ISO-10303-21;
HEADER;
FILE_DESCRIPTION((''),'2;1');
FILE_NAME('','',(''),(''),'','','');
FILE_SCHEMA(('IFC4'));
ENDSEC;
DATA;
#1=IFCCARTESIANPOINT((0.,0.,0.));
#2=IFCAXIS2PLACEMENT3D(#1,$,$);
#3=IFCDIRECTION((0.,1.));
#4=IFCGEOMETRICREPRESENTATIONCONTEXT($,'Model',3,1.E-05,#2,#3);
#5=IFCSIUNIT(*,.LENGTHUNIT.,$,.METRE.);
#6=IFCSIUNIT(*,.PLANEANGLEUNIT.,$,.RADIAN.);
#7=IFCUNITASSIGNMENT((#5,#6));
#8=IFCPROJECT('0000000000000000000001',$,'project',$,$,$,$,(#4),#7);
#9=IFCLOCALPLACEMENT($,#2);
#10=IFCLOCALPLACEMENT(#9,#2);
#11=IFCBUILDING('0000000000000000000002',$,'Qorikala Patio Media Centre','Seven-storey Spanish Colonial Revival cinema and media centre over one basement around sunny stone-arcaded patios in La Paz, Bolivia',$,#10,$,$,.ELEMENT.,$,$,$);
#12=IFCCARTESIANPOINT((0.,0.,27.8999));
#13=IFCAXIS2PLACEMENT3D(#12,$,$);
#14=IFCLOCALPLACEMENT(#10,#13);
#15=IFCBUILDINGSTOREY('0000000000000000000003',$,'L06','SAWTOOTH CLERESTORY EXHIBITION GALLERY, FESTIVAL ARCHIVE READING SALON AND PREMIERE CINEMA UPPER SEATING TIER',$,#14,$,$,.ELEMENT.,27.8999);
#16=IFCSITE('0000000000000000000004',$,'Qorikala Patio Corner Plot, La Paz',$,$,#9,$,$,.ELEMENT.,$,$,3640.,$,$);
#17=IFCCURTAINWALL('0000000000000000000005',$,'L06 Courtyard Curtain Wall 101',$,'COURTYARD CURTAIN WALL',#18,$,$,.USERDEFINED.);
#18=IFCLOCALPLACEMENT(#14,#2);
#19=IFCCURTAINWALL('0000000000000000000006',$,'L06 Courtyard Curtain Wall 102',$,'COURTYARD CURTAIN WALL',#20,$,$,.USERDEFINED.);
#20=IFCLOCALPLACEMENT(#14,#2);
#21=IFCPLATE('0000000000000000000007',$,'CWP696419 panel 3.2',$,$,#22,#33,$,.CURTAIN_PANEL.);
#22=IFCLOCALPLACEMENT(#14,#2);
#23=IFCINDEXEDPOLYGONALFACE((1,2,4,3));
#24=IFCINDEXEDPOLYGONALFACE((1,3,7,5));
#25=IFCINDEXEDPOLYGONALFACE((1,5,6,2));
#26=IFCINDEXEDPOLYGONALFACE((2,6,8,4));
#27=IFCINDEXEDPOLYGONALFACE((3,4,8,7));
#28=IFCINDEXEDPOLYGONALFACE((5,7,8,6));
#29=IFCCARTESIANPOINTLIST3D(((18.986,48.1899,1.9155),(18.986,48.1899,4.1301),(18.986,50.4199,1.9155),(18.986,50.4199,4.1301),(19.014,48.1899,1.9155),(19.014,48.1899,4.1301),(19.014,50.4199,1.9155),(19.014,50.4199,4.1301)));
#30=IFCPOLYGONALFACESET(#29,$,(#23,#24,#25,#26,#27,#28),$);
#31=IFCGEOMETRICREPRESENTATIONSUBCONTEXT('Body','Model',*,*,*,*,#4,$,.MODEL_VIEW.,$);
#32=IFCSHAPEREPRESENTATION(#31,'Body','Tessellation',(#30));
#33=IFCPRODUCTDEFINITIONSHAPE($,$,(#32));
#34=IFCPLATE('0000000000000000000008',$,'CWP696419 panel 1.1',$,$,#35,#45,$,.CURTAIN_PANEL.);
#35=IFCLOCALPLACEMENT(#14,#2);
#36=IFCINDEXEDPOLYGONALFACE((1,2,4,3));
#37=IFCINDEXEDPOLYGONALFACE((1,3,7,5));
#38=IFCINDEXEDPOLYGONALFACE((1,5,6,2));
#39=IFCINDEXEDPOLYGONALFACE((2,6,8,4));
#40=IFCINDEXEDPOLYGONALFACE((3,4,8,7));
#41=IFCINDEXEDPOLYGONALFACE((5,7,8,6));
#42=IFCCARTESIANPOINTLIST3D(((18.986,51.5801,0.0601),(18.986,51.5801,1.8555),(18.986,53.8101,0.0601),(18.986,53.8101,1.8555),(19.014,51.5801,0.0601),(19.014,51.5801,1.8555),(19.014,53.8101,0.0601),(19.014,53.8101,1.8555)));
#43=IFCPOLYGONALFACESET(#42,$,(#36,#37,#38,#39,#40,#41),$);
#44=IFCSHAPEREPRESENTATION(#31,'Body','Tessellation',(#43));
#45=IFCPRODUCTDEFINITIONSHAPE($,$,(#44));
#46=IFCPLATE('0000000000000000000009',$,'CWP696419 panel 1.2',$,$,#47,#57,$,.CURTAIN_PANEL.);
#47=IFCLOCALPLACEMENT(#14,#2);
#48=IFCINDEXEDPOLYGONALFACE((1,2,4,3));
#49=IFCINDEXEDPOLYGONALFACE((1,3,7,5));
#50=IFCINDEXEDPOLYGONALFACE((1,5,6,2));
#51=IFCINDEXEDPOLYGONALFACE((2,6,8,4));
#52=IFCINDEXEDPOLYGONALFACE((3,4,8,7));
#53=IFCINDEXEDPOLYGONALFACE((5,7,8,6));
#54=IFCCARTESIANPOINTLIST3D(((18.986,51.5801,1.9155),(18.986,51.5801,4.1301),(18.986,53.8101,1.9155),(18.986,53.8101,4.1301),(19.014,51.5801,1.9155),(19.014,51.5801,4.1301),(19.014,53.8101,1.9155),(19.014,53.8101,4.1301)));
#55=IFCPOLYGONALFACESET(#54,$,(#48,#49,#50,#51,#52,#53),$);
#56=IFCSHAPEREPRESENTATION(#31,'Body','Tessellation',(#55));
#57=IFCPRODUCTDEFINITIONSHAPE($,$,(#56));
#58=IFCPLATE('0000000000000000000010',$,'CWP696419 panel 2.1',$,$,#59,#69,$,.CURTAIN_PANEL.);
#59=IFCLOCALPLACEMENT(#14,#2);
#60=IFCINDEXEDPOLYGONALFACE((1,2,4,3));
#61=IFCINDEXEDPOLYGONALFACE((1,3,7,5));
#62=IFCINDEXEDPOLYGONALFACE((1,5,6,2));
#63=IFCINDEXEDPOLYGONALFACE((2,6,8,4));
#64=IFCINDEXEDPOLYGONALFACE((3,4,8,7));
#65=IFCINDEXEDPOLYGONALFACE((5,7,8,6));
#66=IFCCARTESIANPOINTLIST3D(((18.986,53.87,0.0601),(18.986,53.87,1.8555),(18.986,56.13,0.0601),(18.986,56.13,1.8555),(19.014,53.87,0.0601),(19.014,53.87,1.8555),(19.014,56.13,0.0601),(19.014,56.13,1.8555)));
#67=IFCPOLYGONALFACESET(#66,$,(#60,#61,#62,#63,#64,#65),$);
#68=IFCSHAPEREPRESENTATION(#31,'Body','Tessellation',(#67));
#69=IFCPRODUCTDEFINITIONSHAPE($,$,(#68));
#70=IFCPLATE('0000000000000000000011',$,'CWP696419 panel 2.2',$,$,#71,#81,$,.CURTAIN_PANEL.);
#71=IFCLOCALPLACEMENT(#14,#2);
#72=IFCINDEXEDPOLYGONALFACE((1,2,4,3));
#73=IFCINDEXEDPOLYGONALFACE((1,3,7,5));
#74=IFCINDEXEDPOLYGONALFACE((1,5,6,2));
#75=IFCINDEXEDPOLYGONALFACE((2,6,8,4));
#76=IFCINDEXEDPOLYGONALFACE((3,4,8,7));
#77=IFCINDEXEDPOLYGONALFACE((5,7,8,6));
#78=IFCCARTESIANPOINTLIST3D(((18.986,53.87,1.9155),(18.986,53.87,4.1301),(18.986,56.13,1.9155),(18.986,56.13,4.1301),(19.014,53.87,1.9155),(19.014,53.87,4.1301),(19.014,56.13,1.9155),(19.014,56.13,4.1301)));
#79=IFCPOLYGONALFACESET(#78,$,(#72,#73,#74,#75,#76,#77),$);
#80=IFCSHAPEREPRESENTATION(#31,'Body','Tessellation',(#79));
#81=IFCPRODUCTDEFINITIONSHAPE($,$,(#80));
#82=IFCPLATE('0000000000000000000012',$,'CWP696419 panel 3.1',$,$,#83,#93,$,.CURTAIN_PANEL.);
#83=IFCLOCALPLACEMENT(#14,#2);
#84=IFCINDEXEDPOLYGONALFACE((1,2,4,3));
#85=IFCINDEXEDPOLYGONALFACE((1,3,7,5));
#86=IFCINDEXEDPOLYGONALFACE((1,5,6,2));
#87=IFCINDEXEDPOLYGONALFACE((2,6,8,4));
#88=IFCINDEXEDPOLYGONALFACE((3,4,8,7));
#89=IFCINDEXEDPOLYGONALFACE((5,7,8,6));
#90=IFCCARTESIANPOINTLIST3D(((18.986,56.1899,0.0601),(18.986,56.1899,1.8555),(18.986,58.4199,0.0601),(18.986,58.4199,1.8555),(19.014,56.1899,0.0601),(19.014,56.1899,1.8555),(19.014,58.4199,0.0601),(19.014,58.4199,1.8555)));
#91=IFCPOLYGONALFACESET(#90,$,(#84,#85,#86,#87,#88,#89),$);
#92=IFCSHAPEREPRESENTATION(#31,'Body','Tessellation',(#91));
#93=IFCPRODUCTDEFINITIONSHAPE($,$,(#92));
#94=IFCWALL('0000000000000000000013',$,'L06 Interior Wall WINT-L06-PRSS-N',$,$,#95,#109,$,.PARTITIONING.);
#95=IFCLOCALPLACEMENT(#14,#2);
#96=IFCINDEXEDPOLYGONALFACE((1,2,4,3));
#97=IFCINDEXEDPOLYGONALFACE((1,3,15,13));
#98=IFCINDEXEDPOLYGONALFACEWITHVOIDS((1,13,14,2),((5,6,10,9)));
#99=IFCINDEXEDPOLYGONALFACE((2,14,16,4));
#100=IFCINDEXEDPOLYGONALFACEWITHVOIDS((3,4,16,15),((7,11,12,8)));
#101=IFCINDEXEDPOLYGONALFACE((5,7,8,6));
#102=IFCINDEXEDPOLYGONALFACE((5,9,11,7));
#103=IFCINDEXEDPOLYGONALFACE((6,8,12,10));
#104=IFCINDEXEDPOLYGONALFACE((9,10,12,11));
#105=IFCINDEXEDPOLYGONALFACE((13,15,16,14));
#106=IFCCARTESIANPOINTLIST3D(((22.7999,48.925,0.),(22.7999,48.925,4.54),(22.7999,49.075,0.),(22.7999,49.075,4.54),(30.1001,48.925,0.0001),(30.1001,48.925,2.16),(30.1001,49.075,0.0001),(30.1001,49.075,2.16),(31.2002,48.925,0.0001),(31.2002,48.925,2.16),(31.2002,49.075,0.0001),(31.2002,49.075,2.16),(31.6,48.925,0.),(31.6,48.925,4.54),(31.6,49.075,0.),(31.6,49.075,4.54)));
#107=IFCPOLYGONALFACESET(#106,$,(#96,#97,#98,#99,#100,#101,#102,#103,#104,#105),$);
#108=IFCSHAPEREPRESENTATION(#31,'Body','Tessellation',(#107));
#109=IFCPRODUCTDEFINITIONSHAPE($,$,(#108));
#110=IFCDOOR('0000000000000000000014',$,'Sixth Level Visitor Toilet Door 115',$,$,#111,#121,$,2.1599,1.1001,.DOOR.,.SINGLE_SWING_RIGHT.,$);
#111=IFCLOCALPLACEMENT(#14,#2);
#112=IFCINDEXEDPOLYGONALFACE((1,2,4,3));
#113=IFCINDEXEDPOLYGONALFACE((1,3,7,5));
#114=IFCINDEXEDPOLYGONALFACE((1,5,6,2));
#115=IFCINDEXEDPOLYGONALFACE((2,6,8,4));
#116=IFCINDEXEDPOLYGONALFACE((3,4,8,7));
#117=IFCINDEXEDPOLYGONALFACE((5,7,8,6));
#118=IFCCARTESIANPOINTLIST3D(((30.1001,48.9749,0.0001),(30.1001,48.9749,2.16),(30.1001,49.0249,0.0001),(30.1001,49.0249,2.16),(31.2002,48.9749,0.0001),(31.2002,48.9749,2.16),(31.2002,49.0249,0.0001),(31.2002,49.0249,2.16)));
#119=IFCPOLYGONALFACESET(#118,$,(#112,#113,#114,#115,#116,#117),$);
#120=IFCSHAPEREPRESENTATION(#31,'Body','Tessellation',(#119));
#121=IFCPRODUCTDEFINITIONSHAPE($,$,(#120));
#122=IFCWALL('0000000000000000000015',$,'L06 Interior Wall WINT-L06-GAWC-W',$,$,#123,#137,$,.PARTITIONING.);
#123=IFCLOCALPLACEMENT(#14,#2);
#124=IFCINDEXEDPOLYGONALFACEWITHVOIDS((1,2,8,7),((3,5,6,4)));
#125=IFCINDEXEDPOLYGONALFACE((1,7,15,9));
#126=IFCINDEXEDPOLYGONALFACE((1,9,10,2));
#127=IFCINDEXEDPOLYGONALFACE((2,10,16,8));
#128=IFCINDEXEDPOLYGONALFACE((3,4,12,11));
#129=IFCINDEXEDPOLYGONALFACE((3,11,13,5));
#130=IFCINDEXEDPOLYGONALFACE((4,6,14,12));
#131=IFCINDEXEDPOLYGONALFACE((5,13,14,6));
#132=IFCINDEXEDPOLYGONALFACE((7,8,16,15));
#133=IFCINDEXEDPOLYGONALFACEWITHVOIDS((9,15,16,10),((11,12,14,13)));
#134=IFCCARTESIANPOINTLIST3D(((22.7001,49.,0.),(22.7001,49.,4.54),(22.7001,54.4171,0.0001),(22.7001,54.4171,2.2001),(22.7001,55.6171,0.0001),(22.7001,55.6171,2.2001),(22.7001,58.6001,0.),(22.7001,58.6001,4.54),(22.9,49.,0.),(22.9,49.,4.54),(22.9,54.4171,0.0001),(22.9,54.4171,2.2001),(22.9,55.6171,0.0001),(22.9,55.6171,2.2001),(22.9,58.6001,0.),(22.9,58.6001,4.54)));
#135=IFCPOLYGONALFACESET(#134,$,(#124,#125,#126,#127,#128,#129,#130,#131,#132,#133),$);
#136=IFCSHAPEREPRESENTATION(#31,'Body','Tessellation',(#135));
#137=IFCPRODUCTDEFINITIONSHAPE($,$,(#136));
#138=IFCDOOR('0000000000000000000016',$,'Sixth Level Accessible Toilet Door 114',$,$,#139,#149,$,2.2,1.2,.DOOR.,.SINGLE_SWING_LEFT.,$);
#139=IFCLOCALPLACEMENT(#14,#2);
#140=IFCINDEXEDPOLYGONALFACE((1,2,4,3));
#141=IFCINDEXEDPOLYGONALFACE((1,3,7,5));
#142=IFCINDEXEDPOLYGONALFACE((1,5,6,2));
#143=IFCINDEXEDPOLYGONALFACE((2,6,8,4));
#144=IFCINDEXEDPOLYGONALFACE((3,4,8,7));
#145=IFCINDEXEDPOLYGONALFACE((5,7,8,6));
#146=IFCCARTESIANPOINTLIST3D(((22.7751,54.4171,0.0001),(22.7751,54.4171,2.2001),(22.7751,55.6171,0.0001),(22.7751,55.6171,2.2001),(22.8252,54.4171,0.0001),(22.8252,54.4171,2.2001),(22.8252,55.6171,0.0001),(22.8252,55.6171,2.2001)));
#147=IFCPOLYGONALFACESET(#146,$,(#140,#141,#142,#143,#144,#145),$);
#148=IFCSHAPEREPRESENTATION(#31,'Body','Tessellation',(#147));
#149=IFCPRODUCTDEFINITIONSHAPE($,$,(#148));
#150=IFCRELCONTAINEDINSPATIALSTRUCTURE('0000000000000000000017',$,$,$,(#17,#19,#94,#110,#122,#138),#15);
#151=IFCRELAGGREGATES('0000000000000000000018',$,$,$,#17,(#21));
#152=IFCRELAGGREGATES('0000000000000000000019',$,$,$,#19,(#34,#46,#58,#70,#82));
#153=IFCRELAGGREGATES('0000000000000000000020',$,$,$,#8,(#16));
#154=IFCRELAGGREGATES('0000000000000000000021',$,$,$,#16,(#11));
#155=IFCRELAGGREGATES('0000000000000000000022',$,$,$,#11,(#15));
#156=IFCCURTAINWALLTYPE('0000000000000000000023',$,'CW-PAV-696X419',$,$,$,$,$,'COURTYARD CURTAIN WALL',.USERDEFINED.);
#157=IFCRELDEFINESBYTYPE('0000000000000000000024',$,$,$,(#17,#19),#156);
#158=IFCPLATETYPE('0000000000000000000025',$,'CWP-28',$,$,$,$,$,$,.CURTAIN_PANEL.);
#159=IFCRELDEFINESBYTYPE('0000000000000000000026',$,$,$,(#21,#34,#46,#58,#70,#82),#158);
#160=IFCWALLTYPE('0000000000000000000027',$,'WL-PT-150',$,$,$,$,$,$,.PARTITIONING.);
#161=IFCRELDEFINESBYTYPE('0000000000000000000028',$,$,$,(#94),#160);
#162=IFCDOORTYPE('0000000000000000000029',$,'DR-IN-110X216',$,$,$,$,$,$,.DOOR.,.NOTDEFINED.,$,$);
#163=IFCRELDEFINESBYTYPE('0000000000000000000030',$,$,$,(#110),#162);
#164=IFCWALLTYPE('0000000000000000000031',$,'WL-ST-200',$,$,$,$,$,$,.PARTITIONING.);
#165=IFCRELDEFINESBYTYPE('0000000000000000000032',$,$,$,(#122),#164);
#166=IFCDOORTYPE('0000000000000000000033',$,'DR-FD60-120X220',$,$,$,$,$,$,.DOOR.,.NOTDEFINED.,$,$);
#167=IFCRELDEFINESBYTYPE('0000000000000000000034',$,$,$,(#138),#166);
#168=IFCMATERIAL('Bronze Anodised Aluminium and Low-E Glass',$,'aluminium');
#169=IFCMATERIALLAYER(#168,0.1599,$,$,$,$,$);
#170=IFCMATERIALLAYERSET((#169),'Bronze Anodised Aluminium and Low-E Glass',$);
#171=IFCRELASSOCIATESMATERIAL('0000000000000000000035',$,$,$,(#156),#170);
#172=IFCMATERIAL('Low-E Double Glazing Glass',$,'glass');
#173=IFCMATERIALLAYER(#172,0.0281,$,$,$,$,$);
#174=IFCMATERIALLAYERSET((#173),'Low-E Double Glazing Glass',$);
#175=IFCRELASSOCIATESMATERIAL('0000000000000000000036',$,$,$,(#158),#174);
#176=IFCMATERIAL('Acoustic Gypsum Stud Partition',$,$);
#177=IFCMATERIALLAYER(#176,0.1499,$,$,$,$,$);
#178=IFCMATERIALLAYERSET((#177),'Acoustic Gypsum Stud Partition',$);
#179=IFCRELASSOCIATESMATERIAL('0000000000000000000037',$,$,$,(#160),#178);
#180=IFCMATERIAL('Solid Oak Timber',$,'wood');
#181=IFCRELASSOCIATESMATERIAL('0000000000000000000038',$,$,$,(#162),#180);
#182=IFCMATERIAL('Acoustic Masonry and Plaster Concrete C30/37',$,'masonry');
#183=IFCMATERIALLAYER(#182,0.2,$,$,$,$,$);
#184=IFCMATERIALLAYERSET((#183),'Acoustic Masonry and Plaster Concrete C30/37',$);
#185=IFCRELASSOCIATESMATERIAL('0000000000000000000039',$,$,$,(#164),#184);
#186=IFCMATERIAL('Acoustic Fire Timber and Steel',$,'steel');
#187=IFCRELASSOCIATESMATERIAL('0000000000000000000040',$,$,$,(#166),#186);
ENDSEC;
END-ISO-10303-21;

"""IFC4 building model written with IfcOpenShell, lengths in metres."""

from ifc_helpers import new_model, si_unit, direction, frame, frame_2d, origin, origin_2d, place, context, subcontext, project, spatial, rectangle, extrude, material, layer, layer_set, type_object, element, fill, aggregate, save


model = new_model("IFC4")

# Units and contexts
model_context = context("Model", 3, precision=1e-05, world=origin(), true_north=direction((0.0, 1.0)))
body_context = subcontext(model_context, "Body", "Model", "MODEL_VIEW")
ifc_project = project(units=[si_unit("LENGTHUNIT", "METRE"), si_unit("PLANEANGLEUNIT", "RADIAN")], contexts=[model_context])

# Site, building, storey
site_placement = place(None, origin())
site = spatial("IfcSite", under=ifc_project, at=site_placement, Name="Qorikala Patio Corner Plot, La Paz", CompositionType="ELEMENT", RefElevation=3640.0)
building_placement = place(site_placement, origin())
building = spatial("IfcBuilding", under=site, at=building_placement, Name="Qorikala Patio Media Centre", Description="Seven-storey Spanish Colonial Revival cinema and media centre over one basement around sunny stone-arcaded patios in La Paz, Bolivia", CompositionType="ELEMENT")
storey_placement = place(building_placement, frame((0.0, 0.0, 27.8999)))
storey = spatial("IfcBuildingStorey", under=building, at=storey_placement, Name="L06", Description="SAWTOOTH CLERESTORY EXHIBITION GALLERY, FESTIVAL ARCHIVE READING SALON AND PREMIERE CINEMA UPPER SEATING TIER", CompositionType="ELEMENT", Elevation=27.8999)

# Curtain wall
ifc_material_1 = material(Name="Bronze Anodised Aluminium and Low-E Glass", Category="aluminium")
ifc_layer_1 = layer(ifc_material_1, 0.1599)
ifc_layer_set_1 = layer_set([ifc_layer_1], Name="Bronze Anodised Aluminium and Low-E Glass")
curtain_wall_type = type_object("IfcCurtainWallType", Name="CW-PAV-696X419", ElementType="COURTYARD CURTAIN WALL", PredefinedType="USERDEFINED", material=ifc_layer_set_1)
curtain_wall_1_placement = place(storey_placement, origin())
curtain_wall_1 = element("IfcCurtainWall", 1, at=curtain_wall_1_placement, inside=storey, type_object=curtain_wall_type, Name="L06 Courtyard Curtain Wall 101", ObjectType="COURTYARD CURTAIN WALL", PredefinedType="USERDEFINED")

# Curtain wall
curtain_wall_2_placement = place(storey_placement, origin())
curtain_wall_2 = element("IfcCurtainWall", 2, at=curtain_wall_2_placement, inside=storey, type_object=curtain_wall_type, Name="L06 Courtyard Curtain Wall 102", ObjectType="COURTYARD CURTAIN WALL", PredefinedType="USERDEFINED")

# Plates
ifc_material_2 = material(Name="Low-E Double Glazing Glass", Category="glass")
ifc_layer_2 = layer(ifc_material_2, 0.0281)
ifc_layer_set_2 = layer_set([ifc_layer_2], Name="Low-E Double Glazing Glass")
plate_type = type_object("IfcPlateType", Name="CWP-28", PredefinedType="CURTAIN_PANEL", material=ifc_layer_set_2)
plate_1_placement = place(storey_placement, frame((19.0, 49.3049, 1.9155), z_axis=(0.0, 0.0, 1.0), x_axis=(0.0, 1.0, 0.0)))
plate_1 = element("IfcPlate", 3, at=plate_1_placement, type_object=plate_type, Name="CWP696419 panel 3.2", PredefinedType="CURTAIN_PANEL", context=body_context, shape_type="SweptSolid", body=[
    extrude(rectangle(XDim=2.23, YDim=0.0281, at=origin_2d()), origin(), (0.0, 0.0, 1.0), 2.2146),
])
aggregate(curtain_wall_1, [plate_1])
plate_2_placement = place(storey_placement, frame((19.0, 52.6951, 0.0601), z_axis=(0.0, 0.0, 1.0), x_axis=(0.0, 1.0, 0.0)))
plate_2 = element("IfcPlate", 4, at=plate_2_placement, type_object=plate_type, Name="CWP696419 panel 1.1", PredefinedType="CURTAIN_PANEL", context=body_context, shape_type="SweptSolid", body=[
    extrude(rectangle(XDim=2.23, YDim=0.0281, at=origin_2d()), origin(), (0.0, 0.0, 1.0), 1.7954),
])
plate_3_placement = place(storey_placement, frame((19.0, 52.6951, 1.9155), z_axis=(0.0, 0.0, 1.0), x_axis=(0.0, 1.0, 0.0)))
plate_3 = element("IfcPlate", 5, at=plate_3_placement, type_object=plate_type, Name="CWP696419 panel 1.2", PredefinedType="CURTAIN_PANEL", context=body_context, shape_type="SweptSolid", body=[
    extrude(rectangle(XDim=2.23, YDim=0.0281, at=origin_2d()), origin(), (0.0, 0.0, 1.0), 2.2146),
])
plate_4_placement = place(storey_placement, frame((19.0, 55.0, 0.0601), z_axis=(0.0, 0.0, 1.0), x_axis=(0.0, 1.0, 0.0)))
plate_4 = element("IfcPlate", 6, at=plate_4_placement, type_object=plate_type, Name="CWP696419 panel 2.1", PredefinedType="CURTAIN_PANEL", context=body_context, shape_type="SweptSolid", body=[
    extrude(rectangle(XDim=2.26, YDim=0.0281, at=origin_2d()), origin(), (0.0, 0.0, 1.0), 1.7954),
])
plate_5_placement = place(storey_placement, frame((19.0, 55.0, 1.9155), z_axis=(0.0, 0.0, 1.0), x_axis=(0.0, 1.0, 0.0)))
plate_5 = element("IfcPlate", 7, at=plate_5_placement, type_object=plate_type, Name="CWP696419 panel 2.2", PredefinedType="CURTAIN_PANEL", context=body_context, shape_type="SweptSolid", body=[
    extrude(rectangle(XDim=2.26, YDim=0.0281, at=origin_2d()), origin(), (0.0, 0.0, 1.0), 2.2146),
])
plate_6_placement = place(storey_placement, frame((19.0, 57.3049, 0.0601), z_axis=(0.0, 0.0, 1.0), x_axis=(0.0, 1.0, 0.0)))
plate_6 = element("IfcPlate", 8, at=plate_6_placement, type_object=plate_type, Name="CWP696419 panel 3.1", PredefinedType="CURTAIN_PANEL", context=body_context, shape_type="SweptSolid", body=[
    extrude(rectangle(XDim=2.23, YDim=0.0281, at=origin_2d()), origin(), (0.0, 0.0, 1.0), 1.7954),
])
aggregate(curtain_wall_2, [plate_2, plate_3, plate_4, plate_5, plate_6])

# Walls, openings, doors
ifc_material_3 = material(Name="Acoustic Gypsum Stud Partition")
ifc_layer_3 = layer(ifc_material_3, 0.1499)
ifc_layer_set_3 = layer_set([ifc_layer_3], Name="Acoustic Gypsum Stud Partition")
wall_type_1 = type_object("IfcWallType", Name="WL-PT-150", PredefinedType="PARTITIONING", material=ifc_layer_set_3)
wall_1_placement = place(storey_placement, frame((22.8, 49.0, 0.0), z_axis=(0.0, 0.0, 1.0), x_axis=(1.0, 0.0, 0.0)))
wall_1 = element("IfcWall", 9, at=wall_1_placement, inside=storey, type_object=wall_type_1, Name="L06 Interior Wall WINT-L06-PRSS-N", PredefinedType="PARTITIONING", context=body_context, shape_type="SweptSolid", body=[
    extrude(rectangle(XDim=8.8, YDim=0.1499, at=frame_2d((4.3999, 0.0))), origin(), (0.0, 0.0, 1.0), 4.54),
])
opening_1_placement = place(wall_1_placement, frame((7.3, 0.0, 0.0)))
opening_1 = element("IfcOpeningElement", 10, at=opening_1_placement, cuts=wall_1, PredefinedType="OPENING", context=body_context, shape_type="SweptSolid", body=[
    extrude(rectangle(XDim=1.1001, YDim=2.1599, at=frame_2d((0.55, 1.0801))), frame((0.0, 0.085, 0.0), z_axis=(0.0, -1.0, 0.0), x_axis=(1.0, 0.0, 0.0)), (0.0, 0.0, 1.0), 0.1699),
])
ifc_material_4 = material(Name="Solid Oak Timber", Category="wood")
door_type_1 = type_object("IfcDoorType", Name="DR-IN-110X216", OperationType="NOTDEFINED", PredefinedType="DOOR", material=ifc_material_4)
door_1_placement = place(opening_1_placement, origin())
door_1 = element("IfcDoor", 11, at=door_1_placement, inside=storey, type_object=door_type_1, Name="Sixth Level Visitor Toilet Door 115", OperationType="SINGLE_SWING_RIGHT", OverallHeight=2.1599, OverallWidth=1.1001, PredefinedType="DOOR", context=body_context, shape_type="SweptSolid", body=[
    extrude(rectangle(XDim=1.1001, YDim=2.1599, at=frame_2d((0.55, 1.0801))), frame((0.0, 0.0249, 0.0), z_axis=(0.0, -1.0, 0.0), x_axis=(1.0, 0.0, 0.0)), (0.0, 0.0, 1.0), 0.05),
])
fill(opening_1, door_1)
ifc_material_5 = material(Name="Acoustic Masonry and Plaster Concrete C30/37", Category="masonry")
ifc_layer_4 = layer(ifc_material_5, 0.2)
ifc_layer_set_4 = layer_set([ifc_layer_4], Name="Acoustic Masonry and Plaster Concrete C30/37")
wall_type_2 = type_object("IfcWallType", Name="WL-ST-200", PredefinedType="PARTITIONING", material=ifc_layer_set_4)
wall_2_placement = place(storey_placement, frame((22.8, 49.0, 0.0), z_axis=(0.0, 0.0, 1.0), x_axis=(0.0, 1.0, 0.0)))
wall_2 = element("IfcWall", 12, at=wall_2_placement, inside=storey, type_object=wall_type_2, Name="L06 Interior Wall WINT-L06-GAWC-W", PredefinedType="PARTITIONING", context=body_context, shape_type="SweptSolid", body=[
    extrude(rectangle(XDim=9.6001, YDim=0.2, at=frame_2d((4.8, 0.0))), origin(), (0.0, 0.0, 1.0), 4.54),
])
opening_2_placement = place(wall_2_placement, frame((5.417, 0.0, 0.0)))
opening_2 = element("IfcOpeningElement", 13, at=opening_2_placement, cuts=wall_2, PredefinedType="OPENING", context=body_context, shape_type="SweptSolid", body=[
    extrude(rectangle(XDim=1.2, YDim=2.2, at=frame_2d((0.6001, 1.1001))), frame((0.0, 0.1099, 0.0), z_axis=(0.0, -1.0, 0.0), x_axis=(1.0, 0.0, 0.0)), (0.0, 0.0, 1.0), 0.22),
])
ifc_material_6 = material(Name="Acoustic Fire Timber and Steel", Category="steel")
door_type_2 = type_object("IfcDoorType", Name="DR-FD60-120X220", OperationType="NOTDEFINED", PredefinedType="DOOR", material=ifc_material_6)
door_2_placement = place(opening_2_placement, origin())
door_2 = element("IfcDoor", 14, at=door_2_placement, inside=storey, type_object=door_type_2, Name="Sixth Level Accessible Toilet Door 114", OperationType="SINGLE_SWING_LEFT", OverallHeight=2.2, OverallWidth=1.2, PredefinedType="DOOR", context=body_context, shape_type="SweptSolid", body=[
    extrude(rectangle(XDim=1.2, YDim=2.2, at=frame_2d((0.6001, 1.1001))), frame((0.0, 0.0249, 0.0), z_axis=(0.0, -1.0, 0.0), x_axis=(1.0, 0.0, 0.0)), (0.0, 0.0, 1.0), 0.05),
])
fill(opening_2, door_2)

save(model, "model.ifc")
